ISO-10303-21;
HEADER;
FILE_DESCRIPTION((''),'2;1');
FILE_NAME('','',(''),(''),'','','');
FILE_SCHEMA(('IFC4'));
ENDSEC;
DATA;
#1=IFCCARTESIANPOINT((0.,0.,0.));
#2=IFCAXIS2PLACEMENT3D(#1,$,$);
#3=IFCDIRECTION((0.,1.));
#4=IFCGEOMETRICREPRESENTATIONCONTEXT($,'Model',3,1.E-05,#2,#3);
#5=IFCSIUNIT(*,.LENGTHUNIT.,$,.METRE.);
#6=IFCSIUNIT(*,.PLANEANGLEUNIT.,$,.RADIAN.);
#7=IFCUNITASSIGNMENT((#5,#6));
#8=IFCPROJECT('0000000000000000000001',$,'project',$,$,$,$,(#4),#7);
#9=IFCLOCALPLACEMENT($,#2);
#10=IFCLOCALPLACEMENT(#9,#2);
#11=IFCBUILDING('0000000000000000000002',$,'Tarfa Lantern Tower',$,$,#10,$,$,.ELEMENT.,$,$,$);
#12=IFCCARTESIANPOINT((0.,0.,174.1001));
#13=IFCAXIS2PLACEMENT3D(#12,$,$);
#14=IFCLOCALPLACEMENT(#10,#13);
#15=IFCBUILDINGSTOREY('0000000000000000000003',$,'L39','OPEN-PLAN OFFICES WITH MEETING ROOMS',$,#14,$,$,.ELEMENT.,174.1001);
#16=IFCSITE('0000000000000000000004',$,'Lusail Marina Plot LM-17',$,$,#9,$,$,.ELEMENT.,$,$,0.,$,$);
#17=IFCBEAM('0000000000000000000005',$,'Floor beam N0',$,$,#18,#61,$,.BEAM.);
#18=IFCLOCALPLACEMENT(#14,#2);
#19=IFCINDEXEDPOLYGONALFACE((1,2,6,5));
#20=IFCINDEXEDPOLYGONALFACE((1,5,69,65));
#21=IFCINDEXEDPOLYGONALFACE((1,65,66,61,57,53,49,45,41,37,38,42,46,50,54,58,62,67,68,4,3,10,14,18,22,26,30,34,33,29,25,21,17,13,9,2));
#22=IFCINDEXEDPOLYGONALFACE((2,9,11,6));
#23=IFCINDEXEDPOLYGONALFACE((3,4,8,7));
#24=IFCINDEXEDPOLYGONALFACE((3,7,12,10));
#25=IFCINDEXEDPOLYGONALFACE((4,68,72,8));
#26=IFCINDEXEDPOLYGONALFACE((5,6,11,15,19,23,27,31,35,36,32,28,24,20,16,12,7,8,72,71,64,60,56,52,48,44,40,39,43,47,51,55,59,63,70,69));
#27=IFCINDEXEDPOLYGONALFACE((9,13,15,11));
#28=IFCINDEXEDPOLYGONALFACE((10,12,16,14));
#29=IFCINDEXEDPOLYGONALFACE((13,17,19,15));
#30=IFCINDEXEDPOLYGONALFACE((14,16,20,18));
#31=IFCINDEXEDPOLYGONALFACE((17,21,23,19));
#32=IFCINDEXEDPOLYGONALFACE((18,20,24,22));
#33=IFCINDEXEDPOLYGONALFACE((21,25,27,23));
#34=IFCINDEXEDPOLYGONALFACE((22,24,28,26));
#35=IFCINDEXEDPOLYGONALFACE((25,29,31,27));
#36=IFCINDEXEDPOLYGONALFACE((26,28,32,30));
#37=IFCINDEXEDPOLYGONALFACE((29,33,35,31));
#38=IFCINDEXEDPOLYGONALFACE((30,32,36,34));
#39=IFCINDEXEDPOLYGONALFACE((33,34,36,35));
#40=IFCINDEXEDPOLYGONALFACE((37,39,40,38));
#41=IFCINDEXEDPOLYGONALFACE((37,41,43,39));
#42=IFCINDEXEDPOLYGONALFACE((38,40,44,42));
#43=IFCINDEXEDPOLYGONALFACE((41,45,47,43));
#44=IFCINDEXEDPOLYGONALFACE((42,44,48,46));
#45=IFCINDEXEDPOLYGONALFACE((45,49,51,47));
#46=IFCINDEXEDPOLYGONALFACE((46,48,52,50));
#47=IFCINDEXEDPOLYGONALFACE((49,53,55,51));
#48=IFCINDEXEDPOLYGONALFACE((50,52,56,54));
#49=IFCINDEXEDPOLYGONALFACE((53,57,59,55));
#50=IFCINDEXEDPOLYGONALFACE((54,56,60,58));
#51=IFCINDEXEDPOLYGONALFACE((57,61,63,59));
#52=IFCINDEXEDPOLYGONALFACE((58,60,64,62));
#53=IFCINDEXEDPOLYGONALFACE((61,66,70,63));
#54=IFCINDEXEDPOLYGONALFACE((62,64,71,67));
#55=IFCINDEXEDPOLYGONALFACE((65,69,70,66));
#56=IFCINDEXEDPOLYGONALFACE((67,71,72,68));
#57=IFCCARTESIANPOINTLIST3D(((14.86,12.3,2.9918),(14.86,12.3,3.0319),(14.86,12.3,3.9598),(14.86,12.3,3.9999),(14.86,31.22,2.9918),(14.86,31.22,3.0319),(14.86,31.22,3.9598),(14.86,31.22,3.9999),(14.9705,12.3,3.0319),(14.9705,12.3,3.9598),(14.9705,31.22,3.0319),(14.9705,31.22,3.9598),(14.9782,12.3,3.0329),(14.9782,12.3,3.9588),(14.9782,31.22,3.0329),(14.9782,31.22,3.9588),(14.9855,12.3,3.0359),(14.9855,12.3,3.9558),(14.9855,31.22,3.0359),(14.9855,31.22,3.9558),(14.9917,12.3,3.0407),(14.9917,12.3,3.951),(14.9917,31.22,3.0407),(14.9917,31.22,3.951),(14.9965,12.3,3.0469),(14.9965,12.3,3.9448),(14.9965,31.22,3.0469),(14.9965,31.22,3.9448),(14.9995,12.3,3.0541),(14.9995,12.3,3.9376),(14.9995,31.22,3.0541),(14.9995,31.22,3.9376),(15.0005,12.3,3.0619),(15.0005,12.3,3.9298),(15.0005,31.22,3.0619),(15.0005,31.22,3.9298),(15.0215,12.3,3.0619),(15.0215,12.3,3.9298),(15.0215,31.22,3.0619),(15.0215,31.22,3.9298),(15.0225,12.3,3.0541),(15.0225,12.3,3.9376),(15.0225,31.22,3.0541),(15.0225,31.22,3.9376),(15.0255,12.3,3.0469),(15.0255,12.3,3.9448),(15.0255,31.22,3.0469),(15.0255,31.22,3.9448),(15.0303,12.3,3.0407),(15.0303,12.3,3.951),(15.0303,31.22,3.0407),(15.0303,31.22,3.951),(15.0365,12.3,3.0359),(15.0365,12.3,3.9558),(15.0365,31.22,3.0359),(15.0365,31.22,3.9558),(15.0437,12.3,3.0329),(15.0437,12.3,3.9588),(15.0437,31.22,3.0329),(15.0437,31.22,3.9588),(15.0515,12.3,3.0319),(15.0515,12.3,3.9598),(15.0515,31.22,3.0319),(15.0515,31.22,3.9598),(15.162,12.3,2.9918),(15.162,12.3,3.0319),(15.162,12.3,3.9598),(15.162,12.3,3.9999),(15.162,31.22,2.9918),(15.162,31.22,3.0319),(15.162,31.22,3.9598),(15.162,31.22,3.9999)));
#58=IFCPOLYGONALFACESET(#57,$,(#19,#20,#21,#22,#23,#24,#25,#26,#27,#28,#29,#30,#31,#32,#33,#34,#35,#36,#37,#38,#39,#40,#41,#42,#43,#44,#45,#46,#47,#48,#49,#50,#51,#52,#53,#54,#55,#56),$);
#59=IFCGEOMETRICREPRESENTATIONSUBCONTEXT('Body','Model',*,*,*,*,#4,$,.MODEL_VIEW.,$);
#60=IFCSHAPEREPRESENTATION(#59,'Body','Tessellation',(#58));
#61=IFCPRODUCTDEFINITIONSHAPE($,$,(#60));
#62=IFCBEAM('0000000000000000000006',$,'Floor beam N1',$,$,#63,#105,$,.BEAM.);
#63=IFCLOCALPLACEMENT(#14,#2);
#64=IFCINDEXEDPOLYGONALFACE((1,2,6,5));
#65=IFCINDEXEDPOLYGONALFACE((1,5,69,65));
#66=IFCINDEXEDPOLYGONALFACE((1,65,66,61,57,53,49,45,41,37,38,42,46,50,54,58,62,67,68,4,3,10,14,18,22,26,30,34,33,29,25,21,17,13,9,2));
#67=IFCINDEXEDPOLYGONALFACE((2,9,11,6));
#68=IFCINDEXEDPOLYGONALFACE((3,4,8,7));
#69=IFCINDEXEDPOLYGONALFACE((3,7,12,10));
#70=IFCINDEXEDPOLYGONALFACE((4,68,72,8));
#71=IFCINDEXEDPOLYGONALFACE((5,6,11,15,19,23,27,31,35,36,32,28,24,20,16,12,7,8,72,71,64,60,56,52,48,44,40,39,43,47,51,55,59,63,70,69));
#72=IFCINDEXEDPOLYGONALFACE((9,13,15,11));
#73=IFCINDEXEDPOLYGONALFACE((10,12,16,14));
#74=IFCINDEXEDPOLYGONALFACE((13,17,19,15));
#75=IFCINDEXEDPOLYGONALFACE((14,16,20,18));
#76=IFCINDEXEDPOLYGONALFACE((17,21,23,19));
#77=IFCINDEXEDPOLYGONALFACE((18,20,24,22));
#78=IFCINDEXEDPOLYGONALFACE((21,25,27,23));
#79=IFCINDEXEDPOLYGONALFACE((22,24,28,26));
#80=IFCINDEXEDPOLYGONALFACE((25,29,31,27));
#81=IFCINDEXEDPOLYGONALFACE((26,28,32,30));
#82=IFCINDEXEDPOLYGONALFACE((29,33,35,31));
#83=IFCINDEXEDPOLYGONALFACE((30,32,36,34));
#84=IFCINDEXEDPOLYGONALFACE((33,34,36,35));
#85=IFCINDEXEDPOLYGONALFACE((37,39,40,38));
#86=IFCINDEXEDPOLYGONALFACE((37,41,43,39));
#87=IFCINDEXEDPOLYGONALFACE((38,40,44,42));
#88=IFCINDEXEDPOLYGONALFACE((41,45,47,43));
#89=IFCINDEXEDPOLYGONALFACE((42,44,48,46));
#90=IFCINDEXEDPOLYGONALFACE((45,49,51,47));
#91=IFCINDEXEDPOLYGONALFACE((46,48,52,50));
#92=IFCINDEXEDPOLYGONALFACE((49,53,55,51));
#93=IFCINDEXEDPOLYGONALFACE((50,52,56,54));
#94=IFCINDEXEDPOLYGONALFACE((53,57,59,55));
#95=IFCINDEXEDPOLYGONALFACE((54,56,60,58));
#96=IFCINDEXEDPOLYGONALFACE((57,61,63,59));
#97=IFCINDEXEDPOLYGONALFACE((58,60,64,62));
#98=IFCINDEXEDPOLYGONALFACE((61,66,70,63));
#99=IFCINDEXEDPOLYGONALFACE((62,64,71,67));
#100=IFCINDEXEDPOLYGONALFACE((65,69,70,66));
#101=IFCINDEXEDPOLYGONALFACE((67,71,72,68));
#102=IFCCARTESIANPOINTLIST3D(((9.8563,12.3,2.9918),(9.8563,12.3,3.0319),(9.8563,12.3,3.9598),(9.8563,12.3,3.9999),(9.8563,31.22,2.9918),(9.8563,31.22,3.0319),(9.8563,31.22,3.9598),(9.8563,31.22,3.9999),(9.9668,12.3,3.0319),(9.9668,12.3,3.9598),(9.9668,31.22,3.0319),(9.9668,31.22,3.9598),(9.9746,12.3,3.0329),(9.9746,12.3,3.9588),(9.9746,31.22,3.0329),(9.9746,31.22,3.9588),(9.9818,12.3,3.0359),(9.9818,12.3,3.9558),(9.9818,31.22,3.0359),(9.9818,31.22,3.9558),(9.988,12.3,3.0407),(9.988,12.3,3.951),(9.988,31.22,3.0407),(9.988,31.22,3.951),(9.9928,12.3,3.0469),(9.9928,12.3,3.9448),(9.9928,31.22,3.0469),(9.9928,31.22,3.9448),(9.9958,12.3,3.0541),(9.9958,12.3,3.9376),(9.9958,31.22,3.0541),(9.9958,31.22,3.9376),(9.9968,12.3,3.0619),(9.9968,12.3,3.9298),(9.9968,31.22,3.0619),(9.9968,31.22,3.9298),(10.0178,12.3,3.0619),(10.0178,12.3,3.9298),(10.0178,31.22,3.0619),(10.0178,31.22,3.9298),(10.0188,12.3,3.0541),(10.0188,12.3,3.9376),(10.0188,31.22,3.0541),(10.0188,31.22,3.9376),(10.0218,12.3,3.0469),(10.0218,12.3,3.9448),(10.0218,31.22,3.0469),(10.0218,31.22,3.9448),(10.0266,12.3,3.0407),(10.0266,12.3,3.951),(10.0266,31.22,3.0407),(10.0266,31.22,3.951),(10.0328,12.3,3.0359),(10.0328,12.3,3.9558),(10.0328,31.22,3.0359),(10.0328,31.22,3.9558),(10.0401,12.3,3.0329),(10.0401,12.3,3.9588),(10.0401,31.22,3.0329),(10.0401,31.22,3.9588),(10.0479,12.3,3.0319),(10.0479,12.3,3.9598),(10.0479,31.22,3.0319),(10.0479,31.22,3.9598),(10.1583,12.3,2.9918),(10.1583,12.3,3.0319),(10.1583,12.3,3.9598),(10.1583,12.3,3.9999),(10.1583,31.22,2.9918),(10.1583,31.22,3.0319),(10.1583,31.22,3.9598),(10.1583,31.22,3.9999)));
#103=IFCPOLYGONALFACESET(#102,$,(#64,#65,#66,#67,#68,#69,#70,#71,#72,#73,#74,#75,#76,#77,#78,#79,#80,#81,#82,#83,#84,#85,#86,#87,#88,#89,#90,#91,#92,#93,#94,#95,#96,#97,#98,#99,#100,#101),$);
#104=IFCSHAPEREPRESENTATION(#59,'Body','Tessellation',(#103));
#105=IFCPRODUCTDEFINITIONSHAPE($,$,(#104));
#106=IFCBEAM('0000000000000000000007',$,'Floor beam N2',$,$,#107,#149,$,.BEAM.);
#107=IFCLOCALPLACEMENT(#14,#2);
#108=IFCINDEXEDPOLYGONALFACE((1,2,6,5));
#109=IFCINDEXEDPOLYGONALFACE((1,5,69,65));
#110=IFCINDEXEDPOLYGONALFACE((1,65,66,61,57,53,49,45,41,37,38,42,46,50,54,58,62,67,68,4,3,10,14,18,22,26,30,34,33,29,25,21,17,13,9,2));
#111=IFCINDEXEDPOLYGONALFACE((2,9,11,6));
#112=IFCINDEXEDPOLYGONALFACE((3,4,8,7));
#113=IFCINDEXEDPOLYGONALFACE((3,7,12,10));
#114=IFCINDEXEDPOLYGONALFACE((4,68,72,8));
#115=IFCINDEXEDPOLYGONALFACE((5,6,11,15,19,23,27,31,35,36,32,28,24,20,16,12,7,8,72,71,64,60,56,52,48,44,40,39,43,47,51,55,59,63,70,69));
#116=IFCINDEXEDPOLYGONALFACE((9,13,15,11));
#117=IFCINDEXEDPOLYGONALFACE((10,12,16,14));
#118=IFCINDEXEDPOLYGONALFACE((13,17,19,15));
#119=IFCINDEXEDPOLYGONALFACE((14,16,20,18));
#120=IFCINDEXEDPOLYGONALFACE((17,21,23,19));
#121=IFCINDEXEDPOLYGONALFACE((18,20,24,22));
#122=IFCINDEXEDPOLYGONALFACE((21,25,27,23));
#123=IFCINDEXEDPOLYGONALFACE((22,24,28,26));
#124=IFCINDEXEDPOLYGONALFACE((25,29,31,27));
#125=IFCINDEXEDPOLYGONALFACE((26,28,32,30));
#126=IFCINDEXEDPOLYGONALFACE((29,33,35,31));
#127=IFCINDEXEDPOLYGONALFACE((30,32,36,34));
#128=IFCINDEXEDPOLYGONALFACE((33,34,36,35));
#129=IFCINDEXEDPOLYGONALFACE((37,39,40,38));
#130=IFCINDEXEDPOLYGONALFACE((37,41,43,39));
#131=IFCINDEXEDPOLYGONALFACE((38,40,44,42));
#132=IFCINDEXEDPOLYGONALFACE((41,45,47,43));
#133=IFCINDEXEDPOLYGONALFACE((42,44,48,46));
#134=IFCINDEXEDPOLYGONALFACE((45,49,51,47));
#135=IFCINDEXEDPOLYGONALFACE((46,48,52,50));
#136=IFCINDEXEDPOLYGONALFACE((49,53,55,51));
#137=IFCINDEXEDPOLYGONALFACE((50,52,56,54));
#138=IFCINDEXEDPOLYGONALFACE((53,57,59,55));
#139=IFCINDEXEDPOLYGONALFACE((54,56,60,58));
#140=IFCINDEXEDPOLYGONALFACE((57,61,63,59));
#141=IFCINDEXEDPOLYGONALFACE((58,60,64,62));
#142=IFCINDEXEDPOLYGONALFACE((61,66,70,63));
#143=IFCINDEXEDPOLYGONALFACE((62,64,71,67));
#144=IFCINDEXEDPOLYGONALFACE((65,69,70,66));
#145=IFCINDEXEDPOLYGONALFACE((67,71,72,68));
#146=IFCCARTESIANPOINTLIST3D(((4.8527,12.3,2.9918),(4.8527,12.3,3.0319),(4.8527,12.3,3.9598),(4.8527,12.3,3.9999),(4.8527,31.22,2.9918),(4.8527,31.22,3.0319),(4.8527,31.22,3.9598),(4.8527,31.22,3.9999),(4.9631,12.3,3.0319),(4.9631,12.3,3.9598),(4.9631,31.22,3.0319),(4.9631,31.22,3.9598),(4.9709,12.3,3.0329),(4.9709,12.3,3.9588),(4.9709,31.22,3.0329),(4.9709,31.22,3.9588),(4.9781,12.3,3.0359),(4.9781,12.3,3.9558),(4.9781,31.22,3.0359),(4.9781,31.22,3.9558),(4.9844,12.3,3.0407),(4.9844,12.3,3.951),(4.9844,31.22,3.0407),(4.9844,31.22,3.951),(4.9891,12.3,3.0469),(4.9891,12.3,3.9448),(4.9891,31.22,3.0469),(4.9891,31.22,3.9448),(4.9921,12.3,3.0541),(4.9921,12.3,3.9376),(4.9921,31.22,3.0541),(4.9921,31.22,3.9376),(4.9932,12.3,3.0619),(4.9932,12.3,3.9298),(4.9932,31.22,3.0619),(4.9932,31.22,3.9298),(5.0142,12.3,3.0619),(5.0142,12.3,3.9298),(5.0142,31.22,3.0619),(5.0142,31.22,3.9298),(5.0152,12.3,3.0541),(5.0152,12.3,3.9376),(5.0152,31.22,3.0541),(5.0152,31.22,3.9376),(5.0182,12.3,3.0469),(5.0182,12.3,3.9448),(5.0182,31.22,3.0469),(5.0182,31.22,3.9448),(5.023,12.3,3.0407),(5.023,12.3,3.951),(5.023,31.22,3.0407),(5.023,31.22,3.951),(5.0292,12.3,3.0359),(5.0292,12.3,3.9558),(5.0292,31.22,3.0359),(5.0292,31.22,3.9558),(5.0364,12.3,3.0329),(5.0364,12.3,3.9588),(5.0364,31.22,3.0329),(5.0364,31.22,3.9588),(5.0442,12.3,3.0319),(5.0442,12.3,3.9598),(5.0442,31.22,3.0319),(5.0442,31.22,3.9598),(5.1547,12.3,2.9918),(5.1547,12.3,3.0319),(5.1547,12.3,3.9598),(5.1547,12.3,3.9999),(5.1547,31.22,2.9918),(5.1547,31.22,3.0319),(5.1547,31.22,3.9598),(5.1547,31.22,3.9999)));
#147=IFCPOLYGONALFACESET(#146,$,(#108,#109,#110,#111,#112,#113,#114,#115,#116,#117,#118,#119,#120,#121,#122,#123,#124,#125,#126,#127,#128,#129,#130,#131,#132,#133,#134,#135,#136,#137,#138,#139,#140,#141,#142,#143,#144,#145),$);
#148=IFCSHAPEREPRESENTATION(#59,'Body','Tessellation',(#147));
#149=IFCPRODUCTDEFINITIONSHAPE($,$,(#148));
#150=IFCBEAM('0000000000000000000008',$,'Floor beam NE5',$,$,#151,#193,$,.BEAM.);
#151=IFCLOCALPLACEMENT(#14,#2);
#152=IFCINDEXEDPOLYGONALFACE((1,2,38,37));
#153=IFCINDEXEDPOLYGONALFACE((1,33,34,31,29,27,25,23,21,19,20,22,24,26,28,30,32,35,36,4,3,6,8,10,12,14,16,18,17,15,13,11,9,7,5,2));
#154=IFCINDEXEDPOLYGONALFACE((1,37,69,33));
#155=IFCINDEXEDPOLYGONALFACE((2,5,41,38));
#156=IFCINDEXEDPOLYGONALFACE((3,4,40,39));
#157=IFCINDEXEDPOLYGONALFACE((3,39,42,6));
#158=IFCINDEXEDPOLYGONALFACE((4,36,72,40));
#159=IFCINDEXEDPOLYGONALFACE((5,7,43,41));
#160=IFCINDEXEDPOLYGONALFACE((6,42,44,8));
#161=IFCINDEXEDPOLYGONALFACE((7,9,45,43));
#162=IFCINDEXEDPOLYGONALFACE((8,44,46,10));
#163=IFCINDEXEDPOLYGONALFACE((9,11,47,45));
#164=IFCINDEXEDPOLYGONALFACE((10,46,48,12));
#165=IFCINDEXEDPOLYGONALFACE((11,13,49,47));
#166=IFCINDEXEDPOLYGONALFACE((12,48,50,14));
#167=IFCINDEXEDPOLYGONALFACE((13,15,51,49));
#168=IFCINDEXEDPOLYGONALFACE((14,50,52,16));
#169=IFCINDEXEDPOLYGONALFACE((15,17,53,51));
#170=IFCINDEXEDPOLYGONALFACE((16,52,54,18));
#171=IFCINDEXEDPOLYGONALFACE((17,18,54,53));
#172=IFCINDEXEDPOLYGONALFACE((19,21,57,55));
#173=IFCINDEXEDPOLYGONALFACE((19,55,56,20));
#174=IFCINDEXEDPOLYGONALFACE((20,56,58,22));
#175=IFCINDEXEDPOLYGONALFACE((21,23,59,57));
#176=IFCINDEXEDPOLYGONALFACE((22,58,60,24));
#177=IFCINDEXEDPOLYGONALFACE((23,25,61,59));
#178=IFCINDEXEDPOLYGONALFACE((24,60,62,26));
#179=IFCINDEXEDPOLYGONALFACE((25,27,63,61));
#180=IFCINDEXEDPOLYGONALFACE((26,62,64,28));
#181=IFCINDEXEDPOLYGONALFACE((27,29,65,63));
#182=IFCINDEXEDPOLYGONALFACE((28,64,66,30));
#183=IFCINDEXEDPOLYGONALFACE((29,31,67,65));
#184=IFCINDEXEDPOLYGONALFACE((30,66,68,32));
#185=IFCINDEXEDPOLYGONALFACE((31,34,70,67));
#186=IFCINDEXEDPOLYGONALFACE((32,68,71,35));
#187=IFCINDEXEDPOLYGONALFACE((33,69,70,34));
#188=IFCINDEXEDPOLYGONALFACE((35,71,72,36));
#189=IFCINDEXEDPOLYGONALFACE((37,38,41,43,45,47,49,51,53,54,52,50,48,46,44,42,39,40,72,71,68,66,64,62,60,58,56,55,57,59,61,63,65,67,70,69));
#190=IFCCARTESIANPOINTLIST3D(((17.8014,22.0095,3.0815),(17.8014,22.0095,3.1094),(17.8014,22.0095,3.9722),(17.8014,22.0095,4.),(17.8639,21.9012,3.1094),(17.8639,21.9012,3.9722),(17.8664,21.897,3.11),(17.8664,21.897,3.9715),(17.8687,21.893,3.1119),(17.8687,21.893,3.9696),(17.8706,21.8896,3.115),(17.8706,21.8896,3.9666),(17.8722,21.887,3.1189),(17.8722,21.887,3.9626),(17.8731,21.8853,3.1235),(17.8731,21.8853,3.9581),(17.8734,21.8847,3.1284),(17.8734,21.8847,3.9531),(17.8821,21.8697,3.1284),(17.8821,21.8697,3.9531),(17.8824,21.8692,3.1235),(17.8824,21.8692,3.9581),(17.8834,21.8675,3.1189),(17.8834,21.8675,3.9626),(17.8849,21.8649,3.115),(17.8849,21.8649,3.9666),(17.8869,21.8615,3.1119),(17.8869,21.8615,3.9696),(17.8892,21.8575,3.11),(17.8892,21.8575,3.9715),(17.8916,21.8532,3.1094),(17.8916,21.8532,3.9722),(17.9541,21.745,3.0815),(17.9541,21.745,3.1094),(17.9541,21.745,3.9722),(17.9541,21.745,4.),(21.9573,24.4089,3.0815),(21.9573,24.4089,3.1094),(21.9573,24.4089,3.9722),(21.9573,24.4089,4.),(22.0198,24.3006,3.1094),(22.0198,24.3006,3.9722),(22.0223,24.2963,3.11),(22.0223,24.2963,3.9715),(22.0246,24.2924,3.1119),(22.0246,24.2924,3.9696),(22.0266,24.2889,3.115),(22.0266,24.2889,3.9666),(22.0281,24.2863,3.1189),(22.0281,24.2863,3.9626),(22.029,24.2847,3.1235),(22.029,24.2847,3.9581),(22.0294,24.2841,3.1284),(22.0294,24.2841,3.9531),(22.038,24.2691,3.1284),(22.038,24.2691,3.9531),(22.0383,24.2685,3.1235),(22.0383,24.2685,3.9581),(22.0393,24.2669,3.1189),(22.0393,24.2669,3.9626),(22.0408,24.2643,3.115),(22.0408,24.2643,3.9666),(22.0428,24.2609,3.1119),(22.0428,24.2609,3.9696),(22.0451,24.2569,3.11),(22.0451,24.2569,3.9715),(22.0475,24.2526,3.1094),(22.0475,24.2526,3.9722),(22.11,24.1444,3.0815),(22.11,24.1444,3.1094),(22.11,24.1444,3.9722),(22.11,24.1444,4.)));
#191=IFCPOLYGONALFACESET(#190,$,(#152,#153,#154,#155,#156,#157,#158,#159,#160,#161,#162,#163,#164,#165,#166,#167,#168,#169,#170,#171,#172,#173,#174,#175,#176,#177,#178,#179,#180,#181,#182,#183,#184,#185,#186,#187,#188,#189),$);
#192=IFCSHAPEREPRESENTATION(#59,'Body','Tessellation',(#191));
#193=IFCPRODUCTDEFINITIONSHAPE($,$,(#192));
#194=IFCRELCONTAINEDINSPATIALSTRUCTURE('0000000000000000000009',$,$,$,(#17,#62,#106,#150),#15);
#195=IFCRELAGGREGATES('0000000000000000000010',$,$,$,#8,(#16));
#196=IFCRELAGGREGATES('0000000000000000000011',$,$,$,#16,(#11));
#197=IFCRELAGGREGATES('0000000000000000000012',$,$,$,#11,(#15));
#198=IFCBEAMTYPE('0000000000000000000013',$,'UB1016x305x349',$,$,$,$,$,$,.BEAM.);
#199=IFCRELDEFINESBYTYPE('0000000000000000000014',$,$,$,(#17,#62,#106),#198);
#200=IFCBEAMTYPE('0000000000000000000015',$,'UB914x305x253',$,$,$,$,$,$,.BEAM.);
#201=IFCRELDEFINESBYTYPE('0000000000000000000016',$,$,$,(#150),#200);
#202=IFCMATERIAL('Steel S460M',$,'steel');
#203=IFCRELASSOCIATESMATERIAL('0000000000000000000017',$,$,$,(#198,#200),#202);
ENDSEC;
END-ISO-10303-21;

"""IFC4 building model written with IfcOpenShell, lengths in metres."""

from ifc_helpers import new_model, si_unit, direction, frame, origin, origin_2d, place, context, subcontext, project, spatial, i_section, extrude, material, material_profile, profile_set, type_object, element, save


model = new_model("IFC4")

# Units and contexts
model_context = context("Model", 3, precision=1e-05, world=origin(), true_north=direction((0.0, 1.0)))
body_context = subcontext(model_context, "Body", "Model", "MODEL_VIEW")
ifc_project = project(units=[si_unit("LENGTHUNIT", "METRE"), si_unit("PLANEANGLEUNIT", "RADIAN")], contexts=[model_context])

# Site, building, storey
site_placement = place(None, origin())
site = spatial("IfcSite", under=ifc_project, at=site_placement, Name="Lusail Marina Plot LM-17", CompositionType="ELEMENT", RefElevation=0.0)
building_placement = place(site_placement, origin())
building = spatial("IfcBuilding", under=site, at=building_placement, Name="Tarfa Lantern Tower", CompositionType="ELEMENT")
storey_placement = place(building_placement, frame((0.0, 0.0, 174.1001)))
storey = spatial("IfcBuildingStorey", under=building, at=storey_placement, Name="L39", Description="OPEN-PLAN OFFICES WITH MEETING ROOMS", CompositionType="ELEMENT", Elevation=174.1001)

# Beams
ifc_material_1 = material(Name="Steel S460M", Category="steel")
ifc_material_profile_1 = material_profile(ifc_material_1, i_section(OverallWidth=0.302, OverallDepth=1.0081, WebThickness=0.021, FlangeThickness=0.04, FilletRadius=0.03, at=origin_2d()), Name="UB1016x305x349")
ifc_profile_set_1 = profile_set([ifc_material_profile_1], Name="Steel S460M")
beam_type_1 = type_object("IfcBeamType", Name="UB1016x305x349", PredefinedType="BEAM", material=ifc_profile_set_1)
for number, where, z_axis, x_axis, name in (
    (1, (15.011, 31.22, 3.4958), (0.0, -1.0, 0.0), (1.0, 0.0, 0.0), "Floor beam N0"),
    (2, (10.0073, 31.22, 3.4958), (0.0, -1.0, 0.0), (1.0, 0.0, 0.0), "Floor beam N1"),
    (3, (5.0037, 31.22, 3.4958), (0.0, -1.0, 0.0), (1.0, 0.0, 0.0), "Floor beam N2"),
):
    element("IfcBeam", number, at=place(storey_placement, frame(where, z_axis=z_axis, x_axis=x_axis)), inside=storey, type_object=beam_type_1, Name=name, PredefinedType="BEAM", context=body_context, shape_type="SweptSolid", body=[
        extrude(i_section(OverallWidth=0.302, OverallDepth=1.0081, WebThickness=0.021, FlangeThickness=0.04, FilletRadius=0.03, at=origin_2d()), origin(), (0.0, 0.0, 1.0), 18.9199),
    ])
ifc_material_profile_2 = material_profile(ifc_material_1, i_section(OverallWidth=0.3054, OverallDepth=0.9185, WebThickness=0.0173, FlangeThickness=0.0278, FilletRadius=0.019, at=origin_2d()), Name="UB914x305x253")
ifc_profile_set_2 = profile_set([ifc_material_profile_2], Name="Steel S460M")
beam_type_2 = type_object("IfcBeamType", Name="UB914x305x253", PredefinedType="BEAM", material=ifc_profile_set_2)
beam_1_placement = place(storey_placement, frame((22.0337, 24.2766, 3.5408), z_axis=(-0.866031, -0.499991, 0.0), x_axis=(0.499991, -0.866031, 0.0)))
element("IfcBeam", 4, at=beam_1_placement, inside=storey, type_object=beam_type_2, Name="Floor beam NE5", PredefinedType="BEAM", context=body_context, shape_type="SweptSolid", body=[
    extrude(i_section(OverallWidth=0.3054, OverallDepth=0.9185, WebThickness=0.0173, FlangeThickness=0.0278, FilletRadius=0.019, at=origin_2d()), origin(), (0.0, 0.0, 1.0), 4.7988),
])

save(model, "model.ifc")
